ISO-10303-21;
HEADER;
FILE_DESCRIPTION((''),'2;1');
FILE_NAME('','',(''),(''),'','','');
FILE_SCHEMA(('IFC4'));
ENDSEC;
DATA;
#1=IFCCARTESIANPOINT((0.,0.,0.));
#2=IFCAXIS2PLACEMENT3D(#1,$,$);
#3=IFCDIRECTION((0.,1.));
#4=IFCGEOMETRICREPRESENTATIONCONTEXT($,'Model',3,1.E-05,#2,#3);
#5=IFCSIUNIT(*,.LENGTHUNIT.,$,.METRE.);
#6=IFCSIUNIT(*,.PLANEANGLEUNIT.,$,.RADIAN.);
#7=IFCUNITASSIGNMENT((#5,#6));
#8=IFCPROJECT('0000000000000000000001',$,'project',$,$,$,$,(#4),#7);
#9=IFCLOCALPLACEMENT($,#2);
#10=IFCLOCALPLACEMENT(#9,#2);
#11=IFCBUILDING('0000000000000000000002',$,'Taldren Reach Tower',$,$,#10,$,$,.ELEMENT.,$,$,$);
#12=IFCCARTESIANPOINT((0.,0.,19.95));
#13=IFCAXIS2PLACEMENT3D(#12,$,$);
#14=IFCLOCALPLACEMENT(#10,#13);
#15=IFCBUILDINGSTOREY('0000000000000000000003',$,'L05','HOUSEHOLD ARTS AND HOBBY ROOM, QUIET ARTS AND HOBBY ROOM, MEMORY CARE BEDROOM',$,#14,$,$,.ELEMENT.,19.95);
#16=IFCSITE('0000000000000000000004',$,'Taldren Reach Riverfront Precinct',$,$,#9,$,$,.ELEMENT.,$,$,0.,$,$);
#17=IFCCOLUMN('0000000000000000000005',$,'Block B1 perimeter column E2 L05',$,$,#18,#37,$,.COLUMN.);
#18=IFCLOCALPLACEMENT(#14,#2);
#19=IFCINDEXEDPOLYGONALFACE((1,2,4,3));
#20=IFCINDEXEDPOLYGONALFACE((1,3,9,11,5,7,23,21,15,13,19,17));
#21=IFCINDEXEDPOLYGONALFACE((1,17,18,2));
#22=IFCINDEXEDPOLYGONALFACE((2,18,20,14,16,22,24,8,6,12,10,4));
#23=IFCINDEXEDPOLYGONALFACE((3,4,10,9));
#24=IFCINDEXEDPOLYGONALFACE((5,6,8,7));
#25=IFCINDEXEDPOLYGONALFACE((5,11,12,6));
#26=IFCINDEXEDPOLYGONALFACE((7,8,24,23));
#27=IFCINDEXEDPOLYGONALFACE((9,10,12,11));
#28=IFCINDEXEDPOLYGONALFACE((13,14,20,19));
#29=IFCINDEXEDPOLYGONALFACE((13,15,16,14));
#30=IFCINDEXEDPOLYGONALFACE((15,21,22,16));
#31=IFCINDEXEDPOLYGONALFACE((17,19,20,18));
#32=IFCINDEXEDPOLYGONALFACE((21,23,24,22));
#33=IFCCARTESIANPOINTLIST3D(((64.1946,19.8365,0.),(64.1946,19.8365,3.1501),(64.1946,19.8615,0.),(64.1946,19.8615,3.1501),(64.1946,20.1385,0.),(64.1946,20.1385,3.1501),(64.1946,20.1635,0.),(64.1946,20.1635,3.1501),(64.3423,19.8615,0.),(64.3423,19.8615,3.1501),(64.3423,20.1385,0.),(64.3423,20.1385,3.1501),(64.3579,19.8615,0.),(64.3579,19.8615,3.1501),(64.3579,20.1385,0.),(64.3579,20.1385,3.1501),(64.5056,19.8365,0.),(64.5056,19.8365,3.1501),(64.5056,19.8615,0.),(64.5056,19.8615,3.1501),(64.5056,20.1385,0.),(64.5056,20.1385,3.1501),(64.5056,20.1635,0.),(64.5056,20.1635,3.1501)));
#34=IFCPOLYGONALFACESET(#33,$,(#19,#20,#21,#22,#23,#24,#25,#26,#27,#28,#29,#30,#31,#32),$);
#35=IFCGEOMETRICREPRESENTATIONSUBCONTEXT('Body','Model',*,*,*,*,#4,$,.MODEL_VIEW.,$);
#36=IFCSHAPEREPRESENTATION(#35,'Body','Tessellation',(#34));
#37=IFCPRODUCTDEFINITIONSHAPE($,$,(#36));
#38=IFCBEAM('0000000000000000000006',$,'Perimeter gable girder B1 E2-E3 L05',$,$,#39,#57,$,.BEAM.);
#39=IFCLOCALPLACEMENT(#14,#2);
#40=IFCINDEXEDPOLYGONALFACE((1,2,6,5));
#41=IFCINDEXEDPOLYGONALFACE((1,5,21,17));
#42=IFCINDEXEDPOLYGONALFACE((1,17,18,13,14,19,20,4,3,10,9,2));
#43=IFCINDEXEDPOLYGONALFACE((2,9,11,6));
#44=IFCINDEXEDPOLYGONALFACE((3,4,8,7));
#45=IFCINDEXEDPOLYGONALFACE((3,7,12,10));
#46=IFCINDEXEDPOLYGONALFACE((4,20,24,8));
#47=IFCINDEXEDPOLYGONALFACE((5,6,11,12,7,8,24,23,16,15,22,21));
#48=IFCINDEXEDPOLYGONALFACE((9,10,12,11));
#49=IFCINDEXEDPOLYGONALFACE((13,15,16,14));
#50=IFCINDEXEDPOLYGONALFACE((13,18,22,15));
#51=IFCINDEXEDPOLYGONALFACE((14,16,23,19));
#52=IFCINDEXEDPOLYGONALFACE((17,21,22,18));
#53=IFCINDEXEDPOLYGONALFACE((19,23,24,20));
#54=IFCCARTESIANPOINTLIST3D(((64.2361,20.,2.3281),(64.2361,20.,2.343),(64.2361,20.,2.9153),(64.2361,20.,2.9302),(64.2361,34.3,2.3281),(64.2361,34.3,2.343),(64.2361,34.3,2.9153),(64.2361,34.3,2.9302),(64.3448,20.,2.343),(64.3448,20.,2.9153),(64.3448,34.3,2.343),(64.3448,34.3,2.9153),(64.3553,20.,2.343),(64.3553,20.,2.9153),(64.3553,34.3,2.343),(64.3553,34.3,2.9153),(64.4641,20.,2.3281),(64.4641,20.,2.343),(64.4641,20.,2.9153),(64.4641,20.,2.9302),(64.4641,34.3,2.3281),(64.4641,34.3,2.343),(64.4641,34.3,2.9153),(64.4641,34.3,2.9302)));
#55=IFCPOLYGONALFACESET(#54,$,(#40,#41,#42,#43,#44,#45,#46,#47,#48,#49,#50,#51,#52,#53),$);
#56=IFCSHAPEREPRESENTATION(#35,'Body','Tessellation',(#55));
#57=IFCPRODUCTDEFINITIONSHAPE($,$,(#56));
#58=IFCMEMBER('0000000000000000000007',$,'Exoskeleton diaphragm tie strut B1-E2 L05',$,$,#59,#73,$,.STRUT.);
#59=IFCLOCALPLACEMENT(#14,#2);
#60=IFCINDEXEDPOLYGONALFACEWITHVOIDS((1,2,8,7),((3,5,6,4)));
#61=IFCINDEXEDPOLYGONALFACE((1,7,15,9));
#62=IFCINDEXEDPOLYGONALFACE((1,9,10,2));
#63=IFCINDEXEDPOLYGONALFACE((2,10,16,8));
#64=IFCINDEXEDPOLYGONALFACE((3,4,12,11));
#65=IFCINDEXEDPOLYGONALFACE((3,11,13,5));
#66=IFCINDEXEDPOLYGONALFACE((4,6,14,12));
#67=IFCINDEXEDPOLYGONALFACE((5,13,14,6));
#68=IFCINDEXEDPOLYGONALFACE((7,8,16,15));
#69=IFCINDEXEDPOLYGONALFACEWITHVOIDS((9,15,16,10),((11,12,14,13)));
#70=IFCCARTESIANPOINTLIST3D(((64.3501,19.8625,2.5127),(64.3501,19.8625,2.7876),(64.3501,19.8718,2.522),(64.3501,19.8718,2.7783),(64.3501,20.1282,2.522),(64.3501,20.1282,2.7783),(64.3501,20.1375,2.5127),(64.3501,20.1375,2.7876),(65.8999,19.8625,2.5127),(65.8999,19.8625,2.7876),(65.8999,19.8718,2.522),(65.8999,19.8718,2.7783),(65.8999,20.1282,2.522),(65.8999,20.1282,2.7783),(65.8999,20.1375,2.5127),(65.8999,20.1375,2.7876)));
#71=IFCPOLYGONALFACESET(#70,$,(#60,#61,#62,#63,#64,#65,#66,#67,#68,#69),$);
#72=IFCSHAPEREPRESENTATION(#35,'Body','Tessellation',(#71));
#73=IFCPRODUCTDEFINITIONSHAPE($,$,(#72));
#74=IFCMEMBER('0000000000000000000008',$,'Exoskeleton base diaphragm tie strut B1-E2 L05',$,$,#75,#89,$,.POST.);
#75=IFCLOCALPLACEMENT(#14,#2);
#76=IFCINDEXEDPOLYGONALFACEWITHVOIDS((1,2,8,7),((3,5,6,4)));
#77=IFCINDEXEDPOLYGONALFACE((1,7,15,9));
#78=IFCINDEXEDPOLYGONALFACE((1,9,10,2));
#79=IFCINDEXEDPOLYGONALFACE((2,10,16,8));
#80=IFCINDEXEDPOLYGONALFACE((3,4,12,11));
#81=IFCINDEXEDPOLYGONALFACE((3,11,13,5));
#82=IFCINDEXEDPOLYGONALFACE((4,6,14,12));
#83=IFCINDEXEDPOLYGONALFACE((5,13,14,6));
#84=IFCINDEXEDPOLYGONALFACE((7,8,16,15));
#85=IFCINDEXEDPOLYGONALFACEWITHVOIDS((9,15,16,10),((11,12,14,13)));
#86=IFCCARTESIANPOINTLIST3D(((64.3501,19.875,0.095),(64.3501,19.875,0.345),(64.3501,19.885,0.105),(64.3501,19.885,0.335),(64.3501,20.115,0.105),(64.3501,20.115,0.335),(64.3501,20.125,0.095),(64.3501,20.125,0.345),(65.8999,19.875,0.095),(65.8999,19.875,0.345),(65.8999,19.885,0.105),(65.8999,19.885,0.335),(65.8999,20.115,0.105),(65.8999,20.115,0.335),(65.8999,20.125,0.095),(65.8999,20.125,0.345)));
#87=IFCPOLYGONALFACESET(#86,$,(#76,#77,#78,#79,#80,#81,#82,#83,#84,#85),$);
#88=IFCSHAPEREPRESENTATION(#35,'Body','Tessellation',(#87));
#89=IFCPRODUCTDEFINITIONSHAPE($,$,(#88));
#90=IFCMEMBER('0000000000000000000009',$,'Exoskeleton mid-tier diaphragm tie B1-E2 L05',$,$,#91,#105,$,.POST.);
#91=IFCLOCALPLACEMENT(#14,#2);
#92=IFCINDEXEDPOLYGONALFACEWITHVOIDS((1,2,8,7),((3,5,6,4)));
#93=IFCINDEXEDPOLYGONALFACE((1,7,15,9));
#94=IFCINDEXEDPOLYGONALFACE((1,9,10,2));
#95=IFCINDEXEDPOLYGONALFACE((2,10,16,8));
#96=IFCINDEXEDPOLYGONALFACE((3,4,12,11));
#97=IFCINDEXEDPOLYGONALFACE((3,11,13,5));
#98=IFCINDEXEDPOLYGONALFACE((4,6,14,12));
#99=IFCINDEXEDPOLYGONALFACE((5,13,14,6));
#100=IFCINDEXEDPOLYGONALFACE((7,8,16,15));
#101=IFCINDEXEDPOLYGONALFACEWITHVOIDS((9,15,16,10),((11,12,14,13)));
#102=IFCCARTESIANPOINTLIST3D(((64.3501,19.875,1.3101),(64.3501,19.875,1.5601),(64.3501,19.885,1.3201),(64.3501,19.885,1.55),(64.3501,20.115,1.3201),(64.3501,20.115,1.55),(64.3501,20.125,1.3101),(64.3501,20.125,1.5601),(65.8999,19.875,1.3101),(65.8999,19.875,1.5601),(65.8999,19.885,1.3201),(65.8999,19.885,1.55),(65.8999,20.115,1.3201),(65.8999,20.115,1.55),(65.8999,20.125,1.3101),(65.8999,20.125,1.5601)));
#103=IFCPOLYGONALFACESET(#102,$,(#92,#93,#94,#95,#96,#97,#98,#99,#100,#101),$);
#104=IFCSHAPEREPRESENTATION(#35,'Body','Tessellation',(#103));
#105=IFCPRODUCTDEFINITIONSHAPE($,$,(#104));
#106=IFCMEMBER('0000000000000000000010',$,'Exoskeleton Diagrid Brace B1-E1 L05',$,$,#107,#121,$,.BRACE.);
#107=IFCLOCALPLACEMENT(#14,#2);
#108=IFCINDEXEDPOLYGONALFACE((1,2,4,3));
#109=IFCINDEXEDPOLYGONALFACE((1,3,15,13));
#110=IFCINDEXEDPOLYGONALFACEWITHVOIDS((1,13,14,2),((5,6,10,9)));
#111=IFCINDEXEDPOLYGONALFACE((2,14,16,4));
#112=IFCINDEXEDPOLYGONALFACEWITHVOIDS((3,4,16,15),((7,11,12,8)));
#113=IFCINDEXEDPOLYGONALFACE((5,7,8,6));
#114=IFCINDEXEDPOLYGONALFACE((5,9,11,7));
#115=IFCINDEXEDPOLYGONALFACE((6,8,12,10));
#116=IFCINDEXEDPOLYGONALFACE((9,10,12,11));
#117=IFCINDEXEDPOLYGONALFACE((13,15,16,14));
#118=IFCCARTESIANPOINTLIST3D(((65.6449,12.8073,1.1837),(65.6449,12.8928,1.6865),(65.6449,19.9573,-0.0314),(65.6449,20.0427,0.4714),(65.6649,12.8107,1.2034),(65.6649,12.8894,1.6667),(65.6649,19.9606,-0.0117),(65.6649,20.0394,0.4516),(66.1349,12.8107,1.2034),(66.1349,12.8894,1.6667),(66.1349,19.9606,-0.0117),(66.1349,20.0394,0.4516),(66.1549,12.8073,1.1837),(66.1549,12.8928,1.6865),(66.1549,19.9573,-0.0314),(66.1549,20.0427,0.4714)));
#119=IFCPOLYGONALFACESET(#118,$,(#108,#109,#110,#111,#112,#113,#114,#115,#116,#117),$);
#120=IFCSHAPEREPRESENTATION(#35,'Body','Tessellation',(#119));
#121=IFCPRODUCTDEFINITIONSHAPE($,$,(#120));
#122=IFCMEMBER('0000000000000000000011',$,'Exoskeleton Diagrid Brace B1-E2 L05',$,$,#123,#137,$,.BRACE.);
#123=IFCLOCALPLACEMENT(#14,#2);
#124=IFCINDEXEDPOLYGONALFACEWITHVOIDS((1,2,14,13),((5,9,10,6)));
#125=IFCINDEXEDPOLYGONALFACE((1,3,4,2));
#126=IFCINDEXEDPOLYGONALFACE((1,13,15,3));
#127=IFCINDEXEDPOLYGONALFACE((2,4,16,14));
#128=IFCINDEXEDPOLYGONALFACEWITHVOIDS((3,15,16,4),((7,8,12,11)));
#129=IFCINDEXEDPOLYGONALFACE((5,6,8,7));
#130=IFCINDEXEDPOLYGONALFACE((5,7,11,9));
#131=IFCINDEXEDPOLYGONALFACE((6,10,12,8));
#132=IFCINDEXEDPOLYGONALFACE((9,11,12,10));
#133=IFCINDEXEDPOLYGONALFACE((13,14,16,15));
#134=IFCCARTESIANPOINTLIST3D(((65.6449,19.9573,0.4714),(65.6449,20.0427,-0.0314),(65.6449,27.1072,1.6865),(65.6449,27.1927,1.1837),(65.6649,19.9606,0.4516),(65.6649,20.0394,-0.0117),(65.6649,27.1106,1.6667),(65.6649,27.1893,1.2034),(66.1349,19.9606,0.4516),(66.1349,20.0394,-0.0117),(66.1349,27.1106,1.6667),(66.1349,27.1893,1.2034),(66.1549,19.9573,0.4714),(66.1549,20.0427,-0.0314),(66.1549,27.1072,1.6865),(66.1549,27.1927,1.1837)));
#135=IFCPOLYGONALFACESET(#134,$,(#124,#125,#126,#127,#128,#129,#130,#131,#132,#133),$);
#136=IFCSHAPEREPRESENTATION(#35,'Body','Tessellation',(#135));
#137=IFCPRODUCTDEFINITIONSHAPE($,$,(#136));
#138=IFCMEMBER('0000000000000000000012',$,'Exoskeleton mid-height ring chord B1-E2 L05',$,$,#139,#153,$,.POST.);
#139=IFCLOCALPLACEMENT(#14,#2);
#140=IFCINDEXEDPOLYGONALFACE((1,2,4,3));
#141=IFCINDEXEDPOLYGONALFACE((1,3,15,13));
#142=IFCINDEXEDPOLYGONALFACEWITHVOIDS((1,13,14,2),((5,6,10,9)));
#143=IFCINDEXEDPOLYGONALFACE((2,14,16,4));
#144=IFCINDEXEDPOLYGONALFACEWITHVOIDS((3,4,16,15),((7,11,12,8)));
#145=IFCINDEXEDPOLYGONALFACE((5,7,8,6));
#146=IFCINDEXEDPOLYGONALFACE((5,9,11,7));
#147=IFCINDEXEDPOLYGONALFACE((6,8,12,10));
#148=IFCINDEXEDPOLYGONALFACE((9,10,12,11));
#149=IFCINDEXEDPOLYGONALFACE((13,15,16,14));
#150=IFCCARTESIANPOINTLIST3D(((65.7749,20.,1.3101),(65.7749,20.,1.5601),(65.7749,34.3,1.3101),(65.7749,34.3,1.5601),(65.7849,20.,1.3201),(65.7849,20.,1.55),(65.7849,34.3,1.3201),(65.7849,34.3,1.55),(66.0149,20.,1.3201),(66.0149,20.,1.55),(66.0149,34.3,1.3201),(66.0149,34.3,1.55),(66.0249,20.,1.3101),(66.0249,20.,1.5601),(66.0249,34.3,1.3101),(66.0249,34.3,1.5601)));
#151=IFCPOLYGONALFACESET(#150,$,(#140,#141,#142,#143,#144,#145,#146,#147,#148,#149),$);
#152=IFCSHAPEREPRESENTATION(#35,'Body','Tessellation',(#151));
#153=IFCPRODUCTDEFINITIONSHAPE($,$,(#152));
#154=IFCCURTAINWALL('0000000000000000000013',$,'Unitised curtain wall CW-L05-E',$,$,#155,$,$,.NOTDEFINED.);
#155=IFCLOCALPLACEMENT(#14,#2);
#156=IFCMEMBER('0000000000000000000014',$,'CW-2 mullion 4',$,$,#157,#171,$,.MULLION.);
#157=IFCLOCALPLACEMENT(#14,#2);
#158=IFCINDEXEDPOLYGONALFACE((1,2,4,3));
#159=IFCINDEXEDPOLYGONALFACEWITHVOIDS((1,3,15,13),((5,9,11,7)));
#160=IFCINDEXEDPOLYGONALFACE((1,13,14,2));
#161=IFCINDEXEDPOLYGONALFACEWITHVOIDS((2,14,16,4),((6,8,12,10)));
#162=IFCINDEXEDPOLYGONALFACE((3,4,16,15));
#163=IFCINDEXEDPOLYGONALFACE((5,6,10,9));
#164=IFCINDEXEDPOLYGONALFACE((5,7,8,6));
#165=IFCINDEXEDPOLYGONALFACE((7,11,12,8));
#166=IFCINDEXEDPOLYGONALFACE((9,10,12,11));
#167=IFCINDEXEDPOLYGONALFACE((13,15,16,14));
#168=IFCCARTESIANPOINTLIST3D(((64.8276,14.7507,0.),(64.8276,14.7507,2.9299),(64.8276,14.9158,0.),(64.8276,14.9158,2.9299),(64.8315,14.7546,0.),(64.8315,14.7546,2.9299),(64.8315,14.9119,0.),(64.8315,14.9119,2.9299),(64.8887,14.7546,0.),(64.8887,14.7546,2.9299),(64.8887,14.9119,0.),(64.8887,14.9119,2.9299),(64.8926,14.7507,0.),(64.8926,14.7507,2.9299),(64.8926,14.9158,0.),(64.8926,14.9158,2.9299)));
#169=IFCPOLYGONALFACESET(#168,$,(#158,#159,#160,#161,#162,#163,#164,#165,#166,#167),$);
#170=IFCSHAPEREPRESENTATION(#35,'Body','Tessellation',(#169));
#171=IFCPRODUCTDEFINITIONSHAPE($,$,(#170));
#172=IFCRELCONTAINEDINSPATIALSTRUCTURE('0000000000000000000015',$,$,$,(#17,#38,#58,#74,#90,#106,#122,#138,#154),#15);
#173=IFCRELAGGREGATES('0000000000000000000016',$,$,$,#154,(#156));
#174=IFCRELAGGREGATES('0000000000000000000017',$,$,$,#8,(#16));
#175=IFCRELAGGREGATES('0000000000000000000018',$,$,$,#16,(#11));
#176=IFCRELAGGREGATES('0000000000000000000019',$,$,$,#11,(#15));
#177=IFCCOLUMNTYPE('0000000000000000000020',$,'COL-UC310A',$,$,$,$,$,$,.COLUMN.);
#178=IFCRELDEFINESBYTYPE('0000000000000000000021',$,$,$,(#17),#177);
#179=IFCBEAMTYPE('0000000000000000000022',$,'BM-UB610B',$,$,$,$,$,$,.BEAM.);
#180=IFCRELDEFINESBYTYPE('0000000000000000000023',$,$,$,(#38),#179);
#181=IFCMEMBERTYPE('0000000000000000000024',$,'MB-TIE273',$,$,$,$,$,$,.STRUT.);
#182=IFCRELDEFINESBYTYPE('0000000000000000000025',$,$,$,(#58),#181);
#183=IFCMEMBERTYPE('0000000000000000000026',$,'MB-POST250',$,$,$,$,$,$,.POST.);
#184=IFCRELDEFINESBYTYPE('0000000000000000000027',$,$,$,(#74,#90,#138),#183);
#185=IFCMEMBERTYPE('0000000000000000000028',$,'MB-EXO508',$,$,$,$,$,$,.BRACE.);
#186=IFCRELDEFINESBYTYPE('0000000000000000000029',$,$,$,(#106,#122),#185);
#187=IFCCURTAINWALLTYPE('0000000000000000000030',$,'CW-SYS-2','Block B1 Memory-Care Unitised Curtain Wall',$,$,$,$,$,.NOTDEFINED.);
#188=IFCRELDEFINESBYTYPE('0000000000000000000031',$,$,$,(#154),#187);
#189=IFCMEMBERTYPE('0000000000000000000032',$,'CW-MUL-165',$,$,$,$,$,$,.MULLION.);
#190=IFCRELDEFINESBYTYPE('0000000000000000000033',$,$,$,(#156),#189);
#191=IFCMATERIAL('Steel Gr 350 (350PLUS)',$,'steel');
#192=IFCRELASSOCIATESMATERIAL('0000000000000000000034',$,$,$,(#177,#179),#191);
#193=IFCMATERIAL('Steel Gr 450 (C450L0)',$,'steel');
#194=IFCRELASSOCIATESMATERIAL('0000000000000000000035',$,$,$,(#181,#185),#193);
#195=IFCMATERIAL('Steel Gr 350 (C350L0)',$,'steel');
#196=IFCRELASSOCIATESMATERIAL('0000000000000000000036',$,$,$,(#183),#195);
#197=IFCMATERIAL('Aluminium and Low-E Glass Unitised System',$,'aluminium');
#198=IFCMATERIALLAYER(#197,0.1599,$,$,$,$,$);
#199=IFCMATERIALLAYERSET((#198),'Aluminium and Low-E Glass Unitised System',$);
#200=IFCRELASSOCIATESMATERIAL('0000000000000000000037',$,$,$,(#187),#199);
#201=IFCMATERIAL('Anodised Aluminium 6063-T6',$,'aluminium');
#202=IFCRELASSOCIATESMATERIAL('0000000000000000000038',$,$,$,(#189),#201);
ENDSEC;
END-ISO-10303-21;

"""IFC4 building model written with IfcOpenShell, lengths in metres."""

from ifc_helpers import new_model, si_unit, direction, frame, origin, origin_2d, place, context, subcontext, project, spatial, hollow_rectangle, i_section, extrude, source, transform, mapped, material, layer, layer_set, material_profile, profile_set, type_object, element, aggregate, save


model = new_model("IFC4")

# Units and contexts
model_context = context("Model", 3, precision=1e-05, world=origin(), true_north=direction((0.0, 1.0)))
body_context = subcontext(model_context, "Body", "Model", "MODEL_VIEW")
ifc_project = project(units=[si_unit("LENGTHUNIT", "METRE"), si_unit("PLANEANGLEUNIT", "RADIAN")], contexts=[model_context])

# Site, building, storey
site_placement = place(None, origin())
site = spatial("IfcSite", under=ifc_project, at=site_placement, Name="Taldren Reach Riverfront Precinct", CompositionType="ELEMENT", RefElevation=0.0)
building_placement = place(site_placement, origin())
building = spatial("IfcBuilding", under=site, at=building_placement, Name="Taldren Reach Tower", CompositionType="ELEMENT")
storey_placement = place(building_placement, frame((0.0, 0.0, 19.95)))
storey = spatial("IfcBuildingStorey", under=building, at=storey_placement, Name="L05", Description="HOUSEHOLD ARTS AND HOBBY ROOM, QUIET ARTS AND HOBBY ROOM, MEMORY CARE BEDROOM", CompositionType="ELEMENT", Elevation=19.95)

# Column
ifc_material_1 = material(Name="Steel Gr 350 (350PLUS)", Category="steel")
ifc_material_profile_1 = material_profile(ifc_material_1, i_section(OverallWidth=0.311, OverallDepth=0.3269, WebThickness=0.0156, FlangeThickness=0.0249, at=origin_2d()), Name="310UC158")
ifc_profile_set_1 = profile_set([ifc_material_profile_1], Name="Steel Gr 350 (350PLUS)")
column_type = type_object("IfcColumnType", Name="COL-UC310A", PredefinedType="COLUMN", material=ifc_profile_set_1)
shared_shape_1 = source(origin(), body_context, "Body", "SweptSolid", [
    extrude(i_section(OverallWidth=0.311, OverallDepth=0.3269, WebThickness=0.0156, FlangeThickness=0.0249, at=origin_2d()), origin(), (0.0, 0.0, 1.0), 3.1501),
])
column_placement = place(storey_placement, frame((64.3501, 20.0, 0.0), z_axis=(0.0, 0.0, 1.0), x_axis=(1.0, 0.0, 0.0)))
element("IfcColumn", 1, at=column_placement, inside=storey, type_object=column_type, Name="Block B1 perimeter column E2 L05", PredefinedType="COLUMN", context=body_context, shape_type="MappedRepresentation", body=[
    mapped(shared_shape_1, transform((0.0, 0.0, 0.0), scale=1.0)),
])

# Beam
ifc_material_profile_2 = material_profile(ifc_material_1, i_section(OverallWidth=0.228, OverallDepth=0.6021, WebThickness=0.0105, FlangeThickness=0.0149, at=origin_2d()), Name="610UB101")
ifc_profile_set_2 = profile_set([ifc_material_profile_2], Name="Steel Gr 350 (350PLUS)")
beam_type = type_object("IfcBeamType", Name="BM-UB610B", PredefinedType="BEAM", material=ifc_profile_set_2)
shared_shape_2 = source(origin(), body_context, "Body", "SweptSolid", [
    extrude(i_section(OverallWidth=0.228, OverallDepth=0.6021, WebThickness=0.0105, FlangeThickness=0.0149, at=origin_2d()), origin(), (0.0, 0.0, 1.0), 14.3),
])
beam_placement = place(storey_placement, frame((64.3501, 20.0, 2.6292), z_axis=(0.0, 1.0, 0.0), x_axis=(-1.0, 0.0, 0.0)))
element("IfcBeam", 2, at=beam_placement, inside=storey, type_object=beam_type, Name="Perimeter gable girder B1 E2-E3 L05", PredefinedType="BEAM", context=body_context, shape_type="MappedRepresentation", body=[
    mapped(shared_shape_2, transform((0.0, 0.0, 0.0), scale=1.0)),
])

# Members
ifc_material_2 = material(Name="Steel Gr 450 (C450L0)", Category="steel")
ifc_material_profile_3 = material_profile(ifc_material_2, hollow_rectangle(XDim=0.2749, YDim=0.2749, WallThickness=0.0093, at=origin_2d()), Name="275x275x9.3SHS")
ifc_profile_set_3 = profile_set([ifc_material_profile_3], Name="Steel Gr 450 (C450L0)")
member_type_1 = type_object("IfcMemberType", Name="MB-TIE273", PredefinedType="STRUT", material=ifc_profile_set_3)
shared_shape_3 = source(origin(), body_context, "Body", "SweptSolid", [
    extrude(hollow_rectangle(XDim=0.2749, YDim=0.2749, WallThickness=0.0093, at=origin_2d()), origin(), (0.0, 0.0, 1.0), 1.5498),
])
member_1_placement = place(storey_placement, frame((64.3501, 20.0, 2.6501), z_axis=(1.0, 0.0, 0.0), x_axis=(0.0, 1.0, 0.0)))
element("IfcMember", 3, at=member_1_placement, inside=storey, type_object=member_type_1, Name="Exoskeleton diaphragm tie strut B1-E2 L05", PredefinedType="STRUT", context=body_context, shape_type="MappedRepresentation", body=[
    mapped(shared_shape_3, transform((0.0, 0.0, 0.0), scale=1.0)),
])
ifc_material_3 = material(Name="Steel Gr 350 (C350L0)", Category="steel")
ifc_material_profile_4 = material_profile(ifc_material_3, hollow_rectangle(XDim=0.25, YDim=0.25, WallThickness=0.01, at=origin_2d()), Name="250x250x10.0SHS")
ifc_profile_set_4 = profile_set([ifc_material_profile_4], Name="Steel Gr 350 (C350L0)")
member_type_2 = type_object("IfcMemberType", Name="MB-POST250", PredefinedType="POST", material=ifc_profile_set_4)
shared_shape_4 = source(origin(), body_context, "Body", "SweptSolid", [
    extrude(hollow_rectangle(XDim=0.25, YDim=0.25, WallThickness=0.01, at=origin_2d()), origin(), (0.0, 0.0, 1.0), 1.5498),
])
for number, where, z_axis, x_axis, name in (
    (4, (64.3501, 20.0, 0.22), (1.0, 0.0, 0.0), (0.0, 1.0, 0.0), "Exoskeleton base diaphragm tie strut B1-E2 L05"),
    (5, (64.3501, 20.0, 1.4351), (1.0, 0.0, 0.0), (0.0, 1.0, 0.0), "Exoskeleton mid-tier diaphragm tie B1-E2 L05"),
):
    element("IfcMember", number, at=place(storey_placement, frame(where, z_axis=z_axis, x_axis=x_axis)), inside=storey, type_object=member_type_2, Name=name, PredefinedType="POST", context=body_context, shape_type="MappedRepresentation", body=[
        mapped(shared_shape_4, transform((0.0, 0.0, 0.0), scale=1.0)),
    ])
ifc_material_profile_5 = material_profile(ifc_material_2, hollow_rectangle(XDim=0.51, YDim=0.51, WallThickness=0.02, at=origin_2d()), Name="510x510x20.0SHS")
ifc_profile_set_5 = profile_set([ifc_material_profile_5], Name="Steel Gr 450 (C450L0)")
member_type_3 = type_object("IfcMemberType", Name="MB-EXO508", PredefinedType="BRACE", material=ifc_profile_set_5)
shared_shape_5 = source(origin(), body_context, "Body", "SweptSolid", [
    extrude(hollow_rectangle(XDim=0.51, YDim=0.51, WallThickness=0.02, at=origin_2d()), origin(), (0.0, 0.0, 1.0), 7.2524),
])
for number, where, z_axis, x_axis, name in (
    (6, (65.8999, 20.0, 0.22), (0.0, -0.985865, 0.167542), (1.0, 0.0, 0.0), "Exoskeleton Diagrid Brace B1-E1 L05"),
    (7, (65.8999, 20.0, 0.22), (0.0, 0.985865, 0.167542), (-1.0, 0.0, 0.0), "Exoskeleton Diagrid Brace B1-E2 L05"),
):
    element("IfcMember", number, at=place(storey_placement, frame(where, z_axis=z_axis, x_axis=x_axis)), inside=storey, type_object=member_type_3, Name=name, PredefinedType="BRACE", context=body_context, shape_type="MappedRepresentation", body=[
        mapped(shared_shape_5, transform((0.0, 0.0, 0.0), scale=1.0)),
    ])
shared_shape_6 = source(origin(), body_context, "Body", "SweptSolid", [
    extrude(hollow_rectangle(XDim=0.25, YDim=0.25, WallThickness=0.01, at=origin_2d()), origin(), (0.0, 0.0, 1.0), 14.3),
])
member_2_placement = place(storey_placement, frame((65.8999, 20.0, 1.4351), z_axis=(0.0, 1.0, 0.0), x_axis=(-1.0, 0.0, 0.0)))
element("IfcMember", 8, at=member_2_placement, inside=storey, type_object=member_type_2, Name="Exoskeleton mid-height ring chord B1-E2 L05", PredefinedType="POST", context=body_context, shape_type="MappedRepresentation", body=[
    mapped(shared_shape_6, transform((0.0, 0.0, 0.0), scale=1.0)),
])

# Curtain wall, member
ifc_material_4 = material(Name="Aluminium and Low-E Glass Unitised System", Category="aluminium")
ifc_layer_1 = layer(ifc_material_4, 0.1599)
ifc_layer_set_1 = layer_set([ifc_layer_1], Name="Aluminium and Low-E Glass Unitised System")
curtain_wall_type = type_object("IfcCurtainWallType", Name="CW-SYS-2", Description="Block B1 Memory-Care Unitised Curtain Wall", PredefinedType="NOTDEFINED", material=ifc_layer_set_1)
curtain_wall_placement = place(storey_placement, origin())
curtain_wall = element("IfcCurtainWall", 9, at=curtain_wall_placement, inside=storey, type_object=curtain_wall_type, Name="Unitised curtain wall CW-L05-E", PredefinedType="NOTDEFINED")
ifc_material_5 = material(Name="Anodised Aluminium 6063-T6", Category="aluminium")
ifc_material_profile_6 = material_profile(ifc_material_5, hollow_rectangle(XDim=0.0649, YDim=0.165, WallThickness=0.0039, at=origin_2d()), Name="ALU-165x65x4RHS")
ifc_profile_set_6 = profile_set([ifc_material_profile_6], Name="Anodised Aluminium 6063-T6")
member_type_4 = type_object("IfcMemberType", Name="CW-MUL-165", PredefinedType="MULLION", material=ifc_profile_set_6)
shared_shape_7 = source(origin(), body_context, "Body", "SweptSolid", [
    extrude(hollow_rectangle(XDim=0.0649, YDim=0.165, WallThickness=0.0039, at=origin_2d()), origin(), (0.0, 0.0, 1.0), 2.9299),
])
member_3_placement = place(storey_placement, frame((64.8601, 14.8333, 0.0), z_axis=(0.0, 0.0, 1.0), x_axis=(-1.0, 0.0, 0.0)))
member_3 = element("IfcMember", 10, at=member_3_placement, type_object=member_type_4, Name="CW-2 mullion 4", PredefinedType="MULLION", context=body_context, shape_type="MappedRepresentation", body=[
    mapped(shared_shape_7, transform((0.0, 0.0, 0.0), scale=1.0)),
])
aggregate(curtain_wall, [member_3])

save(model, "model.ifc")
